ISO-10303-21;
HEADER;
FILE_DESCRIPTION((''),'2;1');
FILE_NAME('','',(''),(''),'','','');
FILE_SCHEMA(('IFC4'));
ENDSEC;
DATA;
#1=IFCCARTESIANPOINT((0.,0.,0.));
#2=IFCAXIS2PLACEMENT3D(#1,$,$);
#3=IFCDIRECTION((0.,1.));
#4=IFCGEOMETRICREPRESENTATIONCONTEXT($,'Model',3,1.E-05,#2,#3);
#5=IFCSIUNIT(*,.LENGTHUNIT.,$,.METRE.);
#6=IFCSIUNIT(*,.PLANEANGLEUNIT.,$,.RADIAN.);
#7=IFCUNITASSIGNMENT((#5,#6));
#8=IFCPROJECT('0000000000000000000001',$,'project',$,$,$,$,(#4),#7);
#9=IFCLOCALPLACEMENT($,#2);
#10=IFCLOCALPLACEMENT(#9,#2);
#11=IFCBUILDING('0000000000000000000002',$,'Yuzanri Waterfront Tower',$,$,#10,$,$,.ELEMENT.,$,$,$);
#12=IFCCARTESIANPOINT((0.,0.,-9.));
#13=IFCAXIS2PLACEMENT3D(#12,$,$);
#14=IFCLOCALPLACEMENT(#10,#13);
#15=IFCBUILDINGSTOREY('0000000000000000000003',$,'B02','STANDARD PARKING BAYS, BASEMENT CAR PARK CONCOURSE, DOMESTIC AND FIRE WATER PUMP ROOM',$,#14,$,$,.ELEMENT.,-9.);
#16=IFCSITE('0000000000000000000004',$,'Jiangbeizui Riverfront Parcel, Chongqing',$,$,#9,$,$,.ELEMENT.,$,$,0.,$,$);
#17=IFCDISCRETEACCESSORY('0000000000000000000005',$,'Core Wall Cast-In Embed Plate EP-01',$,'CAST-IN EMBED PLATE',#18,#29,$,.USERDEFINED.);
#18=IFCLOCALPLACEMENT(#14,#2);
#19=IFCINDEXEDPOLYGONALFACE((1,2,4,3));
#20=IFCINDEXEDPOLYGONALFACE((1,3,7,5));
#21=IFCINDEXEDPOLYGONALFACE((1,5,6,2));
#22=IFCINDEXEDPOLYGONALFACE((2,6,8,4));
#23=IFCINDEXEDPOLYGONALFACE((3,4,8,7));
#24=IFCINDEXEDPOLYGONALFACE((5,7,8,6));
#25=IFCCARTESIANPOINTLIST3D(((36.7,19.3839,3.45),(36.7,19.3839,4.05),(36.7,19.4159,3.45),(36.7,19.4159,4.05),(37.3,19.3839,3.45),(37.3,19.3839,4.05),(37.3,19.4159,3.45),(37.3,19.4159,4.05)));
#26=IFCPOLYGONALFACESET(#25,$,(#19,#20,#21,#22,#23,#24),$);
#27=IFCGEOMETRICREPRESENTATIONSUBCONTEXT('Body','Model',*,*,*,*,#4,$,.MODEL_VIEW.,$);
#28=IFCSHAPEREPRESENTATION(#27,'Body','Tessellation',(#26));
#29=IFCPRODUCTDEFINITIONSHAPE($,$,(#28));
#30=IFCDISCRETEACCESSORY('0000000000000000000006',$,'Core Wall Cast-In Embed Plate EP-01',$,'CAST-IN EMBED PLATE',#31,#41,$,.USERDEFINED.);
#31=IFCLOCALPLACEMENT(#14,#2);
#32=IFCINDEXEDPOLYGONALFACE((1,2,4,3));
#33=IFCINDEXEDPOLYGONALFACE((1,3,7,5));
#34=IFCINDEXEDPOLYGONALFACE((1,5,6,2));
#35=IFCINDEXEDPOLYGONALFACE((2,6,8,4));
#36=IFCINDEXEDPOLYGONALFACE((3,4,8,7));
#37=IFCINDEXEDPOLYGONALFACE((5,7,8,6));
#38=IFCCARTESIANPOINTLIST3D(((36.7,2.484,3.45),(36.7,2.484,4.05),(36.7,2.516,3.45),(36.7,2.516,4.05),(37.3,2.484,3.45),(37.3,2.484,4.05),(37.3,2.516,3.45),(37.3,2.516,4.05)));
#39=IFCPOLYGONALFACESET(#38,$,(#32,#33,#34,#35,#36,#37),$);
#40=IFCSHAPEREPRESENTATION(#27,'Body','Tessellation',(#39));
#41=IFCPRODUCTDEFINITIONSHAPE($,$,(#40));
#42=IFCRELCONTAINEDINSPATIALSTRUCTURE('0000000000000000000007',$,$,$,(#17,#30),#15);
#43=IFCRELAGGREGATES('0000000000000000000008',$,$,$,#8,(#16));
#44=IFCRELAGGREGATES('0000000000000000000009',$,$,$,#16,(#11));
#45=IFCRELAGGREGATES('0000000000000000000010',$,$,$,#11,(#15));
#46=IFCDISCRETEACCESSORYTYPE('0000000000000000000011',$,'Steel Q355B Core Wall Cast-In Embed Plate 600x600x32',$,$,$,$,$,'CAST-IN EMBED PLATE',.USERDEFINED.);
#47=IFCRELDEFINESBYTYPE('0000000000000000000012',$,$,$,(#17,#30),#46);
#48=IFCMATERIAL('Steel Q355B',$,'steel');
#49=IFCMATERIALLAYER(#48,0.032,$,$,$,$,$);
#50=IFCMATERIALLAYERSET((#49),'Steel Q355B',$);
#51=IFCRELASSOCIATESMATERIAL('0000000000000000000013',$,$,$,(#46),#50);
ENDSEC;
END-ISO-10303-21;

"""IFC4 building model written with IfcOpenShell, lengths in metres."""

from ifc_helpers import new_model, si_unit, direction, frame, origin, origin_2d, place, context, subcontext, project, spatial, rectangle, extrude, source, transform, mapped, material, layer, layer_set, type_object, element, save


model = new_model("IFC4")

# Units and contexts
model_context = context("Model", 3, precision=1e-05, world=origin(), true_north=direction((0.0, 1.0)))
body_context = subcontext(model_context, "Body", "Model", "MODEL_VIEW")
ifc_project = project(units=[si_unit("LENGTHUNIT", "METRE"), si_unit("PLANEANGLEUNIT", "RADIAN")], contexts=[model_context])

# Site, building, storey
site_placement = place(None, origin())
site = spatial("IfcSite", under=ifc_project, at=site_placement, Name="Jiangbeizui Riverfront Parcel, Chongqing", CompositionType="ELEMENT", RefElevation=0.0)
building_placement = place(site_placement, origin())
building = spatial("IfcBuilding", under=site, at=building_placement, Name="Yuzanri Waterfront Tower", CompositionType="ELEMENT")
storey_placement = place(building_placement, frame((0.0, 0.0, -9.0)))
storey = spatial("IfcBuildingStorey", under=building, at=storey_placement, Name="B02", Description="STANDARD PARKING BAYS, BASEMENT CAR PARK CONCOURSE, DOMESTIC AND FIRE WATER PUMP ROOM", CompositionType="ELEMENT", Elevation=-9.0)

# Discrete accessories
ifc_material_1 = material(Name="Steel Q355B", Category="steel")
ifc_layer_1 = layer(ifc_material_1, 0.032)
ifc_layer_set_1 = layer_set([ifc_layer_1], Name="Steel Q355B")
discrete_accessory_type = type_object("IfcDiscreteAccessoryType", Name="Steel Q355B Core Wall Cast-In Embed Plate 600x600x32", ElementType="CAST-IN EMBED PLATE", PredefinedType="USERDEFINED", material=ifc_layer_set_1)
shared_shape_1 = source(origin(), body_context, "Body", "SweptSolid", [
    extrude(rectangle(XDim=0.6001, YDim=0.032, at=origin_2d()), origin(), (0.0, 0.0, 1.0), 0.6001),
])
for number, where, z_axis, x_axis, name in (
    (1, (37.0, 19.3999, 3.45), (0.0, 0.0, 1.0), (1.0, 0.0, 0.0), "Core Wall Cast-In Embed Plate EP-01"),
    (2, (37.0, 2.5, 3.45), (0.0, 0.0, 1.0), (1.0, 0.0, 0.0), "Core Wall Cast-In Embed Plate EP-01"),
):
    element("IfcDiscreteAccessory", number, at=place(storey_placement, frame(where, z_axis=z_axis, x_axis=x_axis)), inside=storey, type_object=discrete_accessory_type, Name=name, ObjectType="CAST-IN EMBED PLATE", PredefinedType="USERDEFINED", context=body_context, shape_type="MappedRepresentation", body=[
        mapped(shared_shape_1, transform((0.0, 0.0, 0.0), scale=1.0)),
    ])

save(model, "model.ifc")
